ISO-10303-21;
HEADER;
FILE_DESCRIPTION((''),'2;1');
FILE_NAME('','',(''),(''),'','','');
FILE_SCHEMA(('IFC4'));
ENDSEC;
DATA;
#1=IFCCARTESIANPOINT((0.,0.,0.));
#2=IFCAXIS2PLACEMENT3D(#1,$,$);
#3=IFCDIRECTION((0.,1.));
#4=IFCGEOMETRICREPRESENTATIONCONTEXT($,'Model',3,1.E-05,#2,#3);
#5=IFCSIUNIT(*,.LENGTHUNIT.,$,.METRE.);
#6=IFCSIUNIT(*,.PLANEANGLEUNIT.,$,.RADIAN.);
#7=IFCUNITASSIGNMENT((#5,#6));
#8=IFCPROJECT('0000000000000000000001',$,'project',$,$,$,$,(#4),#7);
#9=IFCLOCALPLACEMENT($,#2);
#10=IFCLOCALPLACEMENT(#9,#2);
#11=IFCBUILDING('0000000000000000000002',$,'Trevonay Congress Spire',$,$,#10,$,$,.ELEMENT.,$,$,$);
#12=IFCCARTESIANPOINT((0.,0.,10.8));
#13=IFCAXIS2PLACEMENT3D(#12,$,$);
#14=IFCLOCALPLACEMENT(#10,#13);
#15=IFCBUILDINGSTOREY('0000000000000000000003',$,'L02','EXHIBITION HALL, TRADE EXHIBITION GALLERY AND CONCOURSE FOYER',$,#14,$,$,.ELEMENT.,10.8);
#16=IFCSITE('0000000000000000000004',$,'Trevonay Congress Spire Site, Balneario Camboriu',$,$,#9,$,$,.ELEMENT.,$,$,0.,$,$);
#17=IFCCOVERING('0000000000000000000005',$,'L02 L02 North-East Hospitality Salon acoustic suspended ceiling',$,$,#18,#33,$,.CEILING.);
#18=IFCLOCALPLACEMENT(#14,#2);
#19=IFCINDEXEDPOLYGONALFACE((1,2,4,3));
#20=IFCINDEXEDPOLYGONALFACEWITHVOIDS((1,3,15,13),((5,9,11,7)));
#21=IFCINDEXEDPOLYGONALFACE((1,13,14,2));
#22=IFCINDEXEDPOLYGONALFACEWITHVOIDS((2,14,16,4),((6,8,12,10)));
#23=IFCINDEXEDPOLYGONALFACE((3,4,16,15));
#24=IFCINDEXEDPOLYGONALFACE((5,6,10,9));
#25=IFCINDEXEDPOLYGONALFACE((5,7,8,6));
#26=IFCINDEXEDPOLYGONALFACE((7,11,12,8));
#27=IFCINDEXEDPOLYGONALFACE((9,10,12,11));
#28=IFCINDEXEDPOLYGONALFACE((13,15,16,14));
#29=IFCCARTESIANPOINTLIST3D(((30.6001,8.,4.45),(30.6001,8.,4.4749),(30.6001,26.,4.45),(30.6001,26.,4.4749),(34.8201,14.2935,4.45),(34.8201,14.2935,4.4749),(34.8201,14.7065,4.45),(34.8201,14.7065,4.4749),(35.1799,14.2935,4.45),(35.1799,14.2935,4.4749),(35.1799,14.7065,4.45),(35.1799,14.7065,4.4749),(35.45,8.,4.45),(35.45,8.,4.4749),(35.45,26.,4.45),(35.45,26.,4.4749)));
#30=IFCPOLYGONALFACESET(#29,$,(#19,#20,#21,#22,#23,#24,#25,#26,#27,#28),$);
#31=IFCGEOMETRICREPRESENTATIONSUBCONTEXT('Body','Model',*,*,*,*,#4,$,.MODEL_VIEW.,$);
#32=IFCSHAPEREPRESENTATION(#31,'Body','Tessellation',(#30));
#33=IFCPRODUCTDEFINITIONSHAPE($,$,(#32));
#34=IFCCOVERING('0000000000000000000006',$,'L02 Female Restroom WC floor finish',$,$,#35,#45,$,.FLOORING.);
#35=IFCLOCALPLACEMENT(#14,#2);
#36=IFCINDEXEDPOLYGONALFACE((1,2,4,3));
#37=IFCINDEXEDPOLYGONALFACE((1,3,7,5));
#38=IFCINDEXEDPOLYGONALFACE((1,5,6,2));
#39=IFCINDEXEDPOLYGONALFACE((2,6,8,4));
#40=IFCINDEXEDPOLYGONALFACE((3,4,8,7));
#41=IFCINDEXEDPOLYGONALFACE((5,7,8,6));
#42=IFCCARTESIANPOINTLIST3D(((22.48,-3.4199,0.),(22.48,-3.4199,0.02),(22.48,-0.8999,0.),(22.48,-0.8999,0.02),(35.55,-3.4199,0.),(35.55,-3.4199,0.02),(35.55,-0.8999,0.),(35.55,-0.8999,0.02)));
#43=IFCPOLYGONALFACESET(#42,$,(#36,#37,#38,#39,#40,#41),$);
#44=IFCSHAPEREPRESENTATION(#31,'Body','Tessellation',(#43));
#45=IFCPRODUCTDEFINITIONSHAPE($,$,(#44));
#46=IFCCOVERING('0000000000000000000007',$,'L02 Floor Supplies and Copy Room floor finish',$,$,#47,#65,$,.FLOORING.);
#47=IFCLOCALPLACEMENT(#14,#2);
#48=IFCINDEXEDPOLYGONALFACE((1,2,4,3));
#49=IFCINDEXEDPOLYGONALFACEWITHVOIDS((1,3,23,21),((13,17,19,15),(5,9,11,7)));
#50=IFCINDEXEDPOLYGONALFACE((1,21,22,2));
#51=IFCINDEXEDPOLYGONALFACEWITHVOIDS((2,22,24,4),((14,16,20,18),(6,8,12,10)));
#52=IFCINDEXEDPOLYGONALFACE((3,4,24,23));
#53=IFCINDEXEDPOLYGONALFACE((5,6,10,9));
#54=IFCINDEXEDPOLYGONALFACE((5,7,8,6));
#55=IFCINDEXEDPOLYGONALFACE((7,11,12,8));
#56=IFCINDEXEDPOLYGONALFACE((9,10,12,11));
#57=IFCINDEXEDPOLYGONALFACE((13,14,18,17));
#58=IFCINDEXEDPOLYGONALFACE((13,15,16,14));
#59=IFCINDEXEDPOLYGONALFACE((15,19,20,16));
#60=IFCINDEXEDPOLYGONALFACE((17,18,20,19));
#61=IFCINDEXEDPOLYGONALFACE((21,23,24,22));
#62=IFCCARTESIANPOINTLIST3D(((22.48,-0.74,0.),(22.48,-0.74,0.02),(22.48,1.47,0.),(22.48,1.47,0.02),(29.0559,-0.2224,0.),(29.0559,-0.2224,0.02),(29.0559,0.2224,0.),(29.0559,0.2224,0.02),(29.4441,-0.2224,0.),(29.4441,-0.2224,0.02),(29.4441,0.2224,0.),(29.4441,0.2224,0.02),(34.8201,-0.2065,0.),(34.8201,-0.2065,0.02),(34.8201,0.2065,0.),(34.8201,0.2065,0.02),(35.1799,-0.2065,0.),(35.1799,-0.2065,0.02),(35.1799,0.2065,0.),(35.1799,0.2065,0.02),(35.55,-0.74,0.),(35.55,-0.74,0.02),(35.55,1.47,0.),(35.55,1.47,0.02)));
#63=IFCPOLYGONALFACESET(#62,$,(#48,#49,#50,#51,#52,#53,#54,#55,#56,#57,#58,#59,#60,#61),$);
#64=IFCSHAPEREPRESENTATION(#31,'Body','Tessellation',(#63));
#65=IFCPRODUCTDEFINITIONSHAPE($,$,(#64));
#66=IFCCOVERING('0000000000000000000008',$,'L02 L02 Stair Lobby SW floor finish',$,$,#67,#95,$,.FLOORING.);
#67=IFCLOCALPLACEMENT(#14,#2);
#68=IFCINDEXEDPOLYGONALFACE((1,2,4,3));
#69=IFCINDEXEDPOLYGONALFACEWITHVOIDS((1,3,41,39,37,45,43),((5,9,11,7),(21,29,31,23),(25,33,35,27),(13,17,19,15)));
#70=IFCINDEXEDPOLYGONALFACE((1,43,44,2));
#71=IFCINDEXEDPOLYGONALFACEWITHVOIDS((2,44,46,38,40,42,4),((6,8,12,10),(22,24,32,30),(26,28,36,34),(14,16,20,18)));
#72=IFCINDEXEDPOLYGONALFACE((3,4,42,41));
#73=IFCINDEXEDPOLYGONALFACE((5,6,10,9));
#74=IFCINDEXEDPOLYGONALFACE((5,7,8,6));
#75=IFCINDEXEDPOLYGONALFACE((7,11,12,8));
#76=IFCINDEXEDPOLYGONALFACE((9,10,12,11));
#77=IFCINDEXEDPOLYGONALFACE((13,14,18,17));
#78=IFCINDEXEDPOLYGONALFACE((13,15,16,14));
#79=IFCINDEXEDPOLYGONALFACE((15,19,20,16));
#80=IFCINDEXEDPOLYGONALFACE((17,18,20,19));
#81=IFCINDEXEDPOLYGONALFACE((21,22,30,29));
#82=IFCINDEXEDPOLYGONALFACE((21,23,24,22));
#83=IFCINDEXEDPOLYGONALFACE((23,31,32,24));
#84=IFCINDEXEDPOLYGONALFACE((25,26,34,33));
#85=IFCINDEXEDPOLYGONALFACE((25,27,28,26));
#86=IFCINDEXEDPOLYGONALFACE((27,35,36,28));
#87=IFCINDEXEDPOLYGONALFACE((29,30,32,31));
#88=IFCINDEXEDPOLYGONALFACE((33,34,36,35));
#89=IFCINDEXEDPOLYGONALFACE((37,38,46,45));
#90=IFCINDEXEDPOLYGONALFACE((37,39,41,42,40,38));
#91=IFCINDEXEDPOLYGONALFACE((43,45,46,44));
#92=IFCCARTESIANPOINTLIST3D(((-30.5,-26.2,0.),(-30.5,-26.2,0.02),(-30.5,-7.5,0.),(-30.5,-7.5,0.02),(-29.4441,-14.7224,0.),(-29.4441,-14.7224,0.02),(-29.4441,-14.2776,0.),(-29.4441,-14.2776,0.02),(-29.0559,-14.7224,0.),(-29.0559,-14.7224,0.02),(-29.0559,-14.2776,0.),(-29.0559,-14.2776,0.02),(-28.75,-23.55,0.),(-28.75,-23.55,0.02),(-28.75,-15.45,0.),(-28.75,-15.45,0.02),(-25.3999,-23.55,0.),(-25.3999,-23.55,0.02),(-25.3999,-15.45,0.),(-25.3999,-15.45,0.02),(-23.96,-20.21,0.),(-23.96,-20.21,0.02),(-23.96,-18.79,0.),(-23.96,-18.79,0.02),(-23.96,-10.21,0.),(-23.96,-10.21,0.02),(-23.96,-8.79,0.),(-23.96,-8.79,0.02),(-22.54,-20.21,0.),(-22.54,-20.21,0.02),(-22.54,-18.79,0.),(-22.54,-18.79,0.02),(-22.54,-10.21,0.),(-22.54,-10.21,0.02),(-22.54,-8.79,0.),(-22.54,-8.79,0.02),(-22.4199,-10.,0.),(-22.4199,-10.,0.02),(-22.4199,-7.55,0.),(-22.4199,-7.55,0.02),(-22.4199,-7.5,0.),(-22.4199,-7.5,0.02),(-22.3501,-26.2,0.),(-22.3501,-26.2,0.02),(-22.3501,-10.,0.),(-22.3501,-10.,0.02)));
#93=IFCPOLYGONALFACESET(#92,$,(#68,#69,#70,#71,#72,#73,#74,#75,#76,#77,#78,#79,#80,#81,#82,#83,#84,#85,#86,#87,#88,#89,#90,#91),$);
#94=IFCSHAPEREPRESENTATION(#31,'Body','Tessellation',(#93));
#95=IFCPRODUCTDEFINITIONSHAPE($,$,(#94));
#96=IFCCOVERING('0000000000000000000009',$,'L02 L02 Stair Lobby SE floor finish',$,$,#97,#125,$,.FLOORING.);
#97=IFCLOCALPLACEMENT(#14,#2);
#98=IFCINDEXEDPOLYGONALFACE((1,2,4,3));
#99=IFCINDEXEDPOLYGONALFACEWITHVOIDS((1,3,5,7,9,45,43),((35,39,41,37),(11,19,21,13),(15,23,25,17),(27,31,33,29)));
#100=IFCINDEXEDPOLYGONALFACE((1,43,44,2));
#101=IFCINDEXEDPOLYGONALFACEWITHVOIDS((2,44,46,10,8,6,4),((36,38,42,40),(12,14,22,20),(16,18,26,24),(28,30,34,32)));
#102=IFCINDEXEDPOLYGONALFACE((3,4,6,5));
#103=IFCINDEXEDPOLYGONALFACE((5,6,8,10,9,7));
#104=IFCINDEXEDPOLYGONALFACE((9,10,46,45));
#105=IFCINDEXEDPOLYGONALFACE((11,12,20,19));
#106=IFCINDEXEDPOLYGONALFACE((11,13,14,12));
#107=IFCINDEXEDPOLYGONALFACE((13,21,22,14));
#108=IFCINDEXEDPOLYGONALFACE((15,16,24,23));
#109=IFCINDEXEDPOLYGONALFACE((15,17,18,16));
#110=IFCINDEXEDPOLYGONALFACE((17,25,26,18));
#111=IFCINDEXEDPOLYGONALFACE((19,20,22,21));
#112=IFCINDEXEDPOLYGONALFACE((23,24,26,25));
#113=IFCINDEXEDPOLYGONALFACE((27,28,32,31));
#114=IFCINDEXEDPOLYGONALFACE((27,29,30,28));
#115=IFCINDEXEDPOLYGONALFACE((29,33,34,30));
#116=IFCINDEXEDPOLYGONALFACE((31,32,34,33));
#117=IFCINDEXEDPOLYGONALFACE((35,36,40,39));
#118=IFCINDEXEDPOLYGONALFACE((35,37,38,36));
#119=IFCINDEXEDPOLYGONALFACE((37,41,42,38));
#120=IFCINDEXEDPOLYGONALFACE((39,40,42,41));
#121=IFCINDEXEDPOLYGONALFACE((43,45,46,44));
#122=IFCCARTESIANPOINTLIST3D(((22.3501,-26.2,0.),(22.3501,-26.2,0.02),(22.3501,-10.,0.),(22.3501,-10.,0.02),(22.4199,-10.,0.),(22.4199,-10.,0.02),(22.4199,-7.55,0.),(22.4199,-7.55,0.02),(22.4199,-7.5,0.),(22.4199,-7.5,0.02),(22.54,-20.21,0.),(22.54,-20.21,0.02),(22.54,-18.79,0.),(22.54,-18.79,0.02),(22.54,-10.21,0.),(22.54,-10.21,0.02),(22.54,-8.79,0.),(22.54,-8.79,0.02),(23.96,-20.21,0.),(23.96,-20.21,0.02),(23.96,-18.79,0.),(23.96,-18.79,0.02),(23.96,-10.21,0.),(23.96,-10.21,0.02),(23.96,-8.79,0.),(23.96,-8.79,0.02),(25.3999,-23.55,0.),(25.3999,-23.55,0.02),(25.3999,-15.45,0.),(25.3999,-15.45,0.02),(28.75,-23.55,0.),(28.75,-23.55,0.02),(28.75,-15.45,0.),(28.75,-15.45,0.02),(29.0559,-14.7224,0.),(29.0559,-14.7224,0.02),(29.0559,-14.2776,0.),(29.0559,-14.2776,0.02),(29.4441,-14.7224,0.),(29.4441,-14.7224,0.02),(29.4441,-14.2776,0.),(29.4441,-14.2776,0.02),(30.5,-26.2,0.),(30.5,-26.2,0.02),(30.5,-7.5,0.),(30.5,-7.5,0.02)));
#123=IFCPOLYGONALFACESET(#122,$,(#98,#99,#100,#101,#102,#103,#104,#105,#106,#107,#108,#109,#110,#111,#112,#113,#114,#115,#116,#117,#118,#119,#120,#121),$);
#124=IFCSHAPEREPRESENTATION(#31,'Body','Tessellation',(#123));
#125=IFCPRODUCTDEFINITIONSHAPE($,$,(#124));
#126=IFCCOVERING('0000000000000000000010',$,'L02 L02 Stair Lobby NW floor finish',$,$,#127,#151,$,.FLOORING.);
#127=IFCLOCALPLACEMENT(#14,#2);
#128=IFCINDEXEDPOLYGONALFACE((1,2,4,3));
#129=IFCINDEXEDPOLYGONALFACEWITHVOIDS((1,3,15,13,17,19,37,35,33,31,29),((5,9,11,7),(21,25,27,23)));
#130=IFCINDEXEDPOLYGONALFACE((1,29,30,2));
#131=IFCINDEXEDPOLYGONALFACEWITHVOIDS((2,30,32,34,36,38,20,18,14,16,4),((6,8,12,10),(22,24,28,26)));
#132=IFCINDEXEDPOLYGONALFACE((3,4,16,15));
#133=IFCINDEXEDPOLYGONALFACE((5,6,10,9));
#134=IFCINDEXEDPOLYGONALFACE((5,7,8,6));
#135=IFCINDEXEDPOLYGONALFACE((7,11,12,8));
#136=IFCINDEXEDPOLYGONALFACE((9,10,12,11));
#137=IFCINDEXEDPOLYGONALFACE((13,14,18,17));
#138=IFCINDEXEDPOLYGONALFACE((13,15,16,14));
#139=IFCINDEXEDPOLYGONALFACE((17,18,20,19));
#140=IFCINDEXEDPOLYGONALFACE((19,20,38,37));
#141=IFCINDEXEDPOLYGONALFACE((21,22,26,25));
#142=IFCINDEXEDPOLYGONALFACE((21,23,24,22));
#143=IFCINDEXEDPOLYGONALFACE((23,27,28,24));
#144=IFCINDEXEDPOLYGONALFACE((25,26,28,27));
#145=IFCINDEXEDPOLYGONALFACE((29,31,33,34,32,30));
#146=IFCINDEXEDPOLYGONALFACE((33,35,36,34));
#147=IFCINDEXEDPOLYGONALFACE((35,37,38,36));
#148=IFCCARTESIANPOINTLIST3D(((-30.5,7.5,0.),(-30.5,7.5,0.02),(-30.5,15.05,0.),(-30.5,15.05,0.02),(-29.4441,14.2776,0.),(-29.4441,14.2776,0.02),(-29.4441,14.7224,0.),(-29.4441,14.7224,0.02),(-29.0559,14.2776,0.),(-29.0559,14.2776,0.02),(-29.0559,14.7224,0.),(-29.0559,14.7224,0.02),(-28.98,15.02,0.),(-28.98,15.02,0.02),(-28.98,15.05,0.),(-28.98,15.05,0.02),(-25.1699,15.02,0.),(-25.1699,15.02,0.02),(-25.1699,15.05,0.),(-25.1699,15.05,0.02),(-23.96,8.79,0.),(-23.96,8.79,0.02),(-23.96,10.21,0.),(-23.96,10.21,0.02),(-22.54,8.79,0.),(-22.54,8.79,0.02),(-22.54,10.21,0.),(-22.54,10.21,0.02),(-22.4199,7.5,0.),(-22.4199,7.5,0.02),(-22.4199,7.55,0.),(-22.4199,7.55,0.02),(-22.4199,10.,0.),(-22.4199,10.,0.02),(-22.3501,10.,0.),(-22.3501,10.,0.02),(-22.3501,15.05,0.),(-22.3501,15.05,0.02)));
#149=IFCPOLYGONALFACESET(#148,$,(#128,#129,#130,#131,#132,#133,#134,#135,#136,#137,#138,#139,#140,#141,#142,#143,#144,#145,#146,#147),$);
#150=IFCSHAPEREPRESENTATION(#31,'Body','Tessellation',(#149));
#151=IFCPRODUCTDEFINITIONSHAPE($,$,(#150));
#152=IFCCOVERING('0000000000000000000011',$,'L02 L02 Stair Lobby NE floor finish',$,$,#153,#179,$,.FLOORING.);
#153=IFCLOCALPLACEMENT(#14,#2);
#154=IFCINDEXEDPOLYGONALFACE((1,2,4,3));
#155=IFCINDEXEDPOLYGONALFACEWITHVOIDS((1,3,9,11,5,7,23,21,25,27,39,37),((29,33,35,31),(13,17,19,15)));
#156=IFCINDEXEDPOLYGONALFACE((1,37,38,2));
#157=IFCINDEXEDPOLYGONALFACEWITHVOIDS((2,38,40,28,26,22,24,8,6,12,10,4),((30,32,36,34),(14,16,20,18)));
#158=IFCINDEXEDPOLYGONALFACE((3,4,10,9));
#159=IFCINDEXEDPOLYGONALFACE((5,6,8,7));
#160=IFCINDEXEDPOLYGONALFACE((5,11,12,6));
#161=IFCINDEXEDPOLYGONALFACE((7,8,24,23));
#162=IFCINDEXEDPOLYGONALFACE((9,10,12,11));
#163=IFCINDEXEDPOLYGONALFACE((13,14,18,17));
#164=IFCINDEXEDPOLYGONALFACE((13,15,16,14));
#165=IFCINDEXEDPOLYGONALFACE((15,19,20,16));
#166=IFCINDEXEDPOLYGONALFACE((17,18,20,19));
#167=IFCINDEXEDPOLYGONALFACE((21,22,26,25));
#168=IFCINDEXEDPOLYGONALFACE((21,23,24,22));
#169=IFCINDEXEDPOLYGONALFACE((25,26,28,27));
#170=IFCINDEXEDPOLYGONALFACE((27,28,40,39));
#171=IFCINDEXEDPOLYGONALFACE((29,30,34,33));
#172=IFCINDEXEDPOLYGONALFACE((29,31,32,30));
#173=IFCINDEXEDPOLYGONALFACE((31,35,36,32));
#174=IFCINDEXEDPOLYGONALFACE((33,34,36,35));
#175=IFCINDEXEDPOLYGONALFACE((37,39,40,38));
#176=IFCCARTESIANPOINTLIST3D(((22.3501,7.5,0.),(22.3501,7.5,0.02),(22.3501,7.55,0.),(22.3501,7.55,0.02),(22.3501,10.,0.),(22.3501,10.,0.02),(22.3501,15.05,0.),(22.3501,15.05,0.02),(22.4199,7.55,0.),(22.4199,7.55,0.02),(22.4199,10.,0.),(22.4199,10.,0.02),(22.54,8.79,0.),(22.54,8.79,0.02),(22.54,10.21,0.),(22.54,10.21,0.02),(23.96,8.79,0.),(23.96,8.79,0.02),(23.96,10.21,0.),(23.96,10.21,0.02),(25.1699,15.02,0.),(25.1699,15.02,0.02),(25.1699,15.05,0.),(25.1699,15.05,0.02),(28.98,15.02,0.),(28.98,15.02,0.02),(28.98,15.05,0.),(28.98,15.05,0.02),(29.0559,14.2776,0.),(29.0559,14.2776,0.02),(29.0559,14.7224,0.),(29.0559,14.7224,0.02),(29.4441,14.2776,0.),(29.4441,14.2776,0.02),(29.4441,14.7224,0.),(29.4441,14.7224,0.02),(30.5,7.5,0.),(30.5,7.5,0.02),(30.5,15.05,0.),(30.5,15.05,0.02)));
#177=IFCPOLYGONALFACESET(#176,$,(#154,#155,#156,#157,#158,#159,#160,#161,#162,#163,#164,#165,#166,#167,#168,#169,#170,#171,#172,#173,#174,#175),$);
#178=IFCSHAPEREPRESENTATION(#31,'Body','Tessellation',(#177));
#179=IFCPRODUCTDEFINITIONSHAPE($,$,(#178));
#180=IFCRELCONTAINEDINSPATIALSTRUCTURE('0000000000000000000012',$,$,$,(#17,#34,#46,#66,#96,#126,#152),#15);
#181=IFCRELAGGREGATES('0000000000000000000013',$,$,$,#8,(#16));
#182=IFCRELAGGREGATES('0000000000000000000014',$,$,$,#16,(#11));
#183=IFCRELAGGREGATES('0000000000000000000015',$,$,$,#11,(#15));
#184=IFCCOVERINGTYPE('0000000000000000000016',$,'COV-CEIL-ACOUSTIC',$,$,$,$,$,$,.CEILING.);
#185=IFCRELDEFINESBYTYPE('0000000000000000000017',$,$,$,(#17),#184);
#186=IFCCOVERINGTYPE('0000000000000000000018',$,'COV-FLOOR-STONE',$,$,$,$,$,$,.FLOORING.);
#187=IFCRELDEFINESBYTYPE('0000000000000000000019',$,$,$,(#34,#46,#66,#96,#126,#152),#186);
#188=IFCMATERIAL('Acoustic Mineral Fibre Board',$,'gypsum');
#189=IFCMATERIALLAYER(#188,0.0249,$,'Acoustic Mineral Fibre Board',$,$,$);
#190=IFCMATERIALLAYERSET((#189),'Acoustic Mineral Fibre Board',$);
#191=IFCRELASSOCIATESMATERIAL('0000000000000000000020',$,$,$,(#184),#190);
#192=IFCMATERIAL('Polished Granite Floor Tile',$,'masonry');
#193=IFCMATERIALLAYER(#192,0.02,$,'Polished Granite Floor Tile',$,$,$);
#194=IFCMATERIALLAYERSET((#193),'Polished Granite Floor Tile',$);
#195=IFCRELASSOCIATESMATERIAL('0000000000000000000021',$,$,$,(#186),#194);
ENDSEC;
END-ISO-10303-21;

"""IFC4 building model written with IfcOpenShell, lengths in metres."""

from ifc_helpers import new_model, si_unit, direction, frame, origin, place, context, subcontext, project, spatial, polyline, outline, extrude, material, layer, layer_set, type_object, element, save


model = new_model("IFC4")

# Units and contexts
model_context = context("Model", 3, precision=1e-05, world=origin(), true_north=direction((0.0, 1.0)))
body_context = subcontext(model_context, "Body", "Model", "MODEL_VIEW")
ifc_project = project(units=[si_unit("LENGTHUNIT", "METRE"), si_unit("PLANEANGLEUNIT", "RADIAN")], contexts=[model_context])

# Site, building, storey
site_placement = place(None, origin())
site = spatial("IfcSite", under=ifc_project, at=site_placement, Name="Trevonay Congress Spire Site, Balneario Camboriu", CompositionType="ELEMENT", RefElevation=0.0)
building_placement = place(site_placement, origin())
building = spatial("IfcBuilding", under=site, at=building_placement, Name="Trevonay Congress Spire", CompositionType="ELEMENT")
storey_placement = place(building_placement, frame((0.0, 0.0, 10.8)))
storey = spatial("IfcBuildingStorey", under=building, at=storey_placement, Name="L02", Description="EXHIBITION HALL, TRADE EXHIBITION GALLERY AND CONCOURSE FOYER", CompositionType="ELEMENT", Elevation=10.8)

# Coverings
ifc_material_1 = material(Name="Acoustic Mineral Fibre Board", Category="gypsum")
ifc_layer_1 = layer(ifc_material_1, 0.0249, Name="Acoustic Mineral Fibre Board")
ifc_layer_set_1 = layer_set([ifc_layer_1], Name="Acoustic Mineral Fibre Board")
covering_type_1 = type_object("IfcCoveringType", Name="COV-CEIL-ACOUSTIC", PredefinedType="CEILING", material=ifc_layer_set_1)
covering_1_placement = place(storey_placement, frame((0.0, 0.0, 4.45)))
element("IfcCovering", 1, at=covering_1_placement, inside=storey, type_object=covering_type_1, Name="L02 L02 North-East Hospitality Salon acoustic suspended ceiling", PredefinedType="CEILING", context=body_context, shape_type="SweptSolid", body=[
    extrude(outline(polyline([(30.6001, 26.0), (35.45, 26.0), (35.45, 8.0), (30.6001, 8.0), (30.6001, 26.0)]), holes=[polyline([(35.1799, 14.2935), (35.1799, 14.7065), (34.8201, 14.7065), (34.8201, 14.2935), (35.1799, 14.2935)])]), origin(), (0.0, 0.0, 1.0), 0.0249),
])
ifc_material_2 = material(Name="Polished Granite Floor Tile", Category="masonry")
ifc_layer_2 = layer(ifc_material_2, 0.02, Name="Polished Granite Floor Tile")
ifc_layer_set_2 = layer_set([ifc_layer_2], Name="Polished Granite Floor Tile")
covering_type_2 = type_object("IfcCoveringType", Name="COV-FLOOR-STONE", PredefinedType="FLOORING", material=ifc_layer_set_2)
covering_2_placement = place(storey_placement, origin())
element("IfcCovering", 2, at=covering_2_placement, inside=storey, type_object=covering_type_2, Name="L02 Female Restroom WC floor finish", PredefinedType="FLOORING", context=body_context, shape_type="SweptSolid", body=[
    extrude(outline(polyline([(22.48, -3.4199), (35.55, -3.4199), (35.55, -0.8999), (22.48, -0.8999), (22.48, -3.4199)])), origin(), (0.0, 0.0, 1.0), 0.02),
])
covering_3_placement = place(storey_placement, origin())
element("IfcCovering", 3, at=covering_3_placement, inside=storey, type_object=covering_type_2, Name="L02 Floor Supplies and Copy Room floor finish", PredefinedType="FLOORING", context=body_context, shape_type="SweptSolid", body=[
    extrude(outline(polyline([(22.48, 1.47), (35.55, 1.47), (35.55, -0.74), (22.48, -0.74), (22.48, 1.47)]), holes=[polyline([(29.0559, -0.2224), (29.4441, -0.2224), (29.4441, 0.2224), (29.0559, 0.2224), (29.0559, -0.2224)]), polyline([(34.8201, -0.2065), (35.1799, -0.2065), (35.1799, 0.2065), (34.8201, 0.2065), (34.8201, -0.2065)])]), origin(), (0.0, 0.0, 1.0), 0.02),
])
covering_4_placement = place(storey_placement, origin())
element("IfcCovering", 4, at=covering_4_placement, inside=storey, type_object=covering_type_2, Name="L02 L02 Stair Lobby SW floor finish", PredefinedType="FLOORING", context=body_context, shape_type="SweptSolid", body=[
    extrude(outline(polyline([(-30.5, -26.2), (-30.5, -7.5), (-22.4199, -7.5), (-22.4199, -7.55), (-22.4199, -10.0), (-22.3501, -10.0), (-22.3501, -26.2), (-30.5, -26.2)]), holes=[polyline([(-22.54, -20.21), (-22.54, -18.79), (-23.96, -18.79), (-23.96, -20.21), (-22.54, -20.21)]), polyline([(-29.4441, -14.7224), (-29.0559, -14.7224), (-29.0559, -14.2776), (-29.4441, -14.2776), (-29.4441, -14.7224)]), polyline([(-23.96, -10.21), (-22.54, -10.21), (-22.54, -8.79), (-23.96, -8.79), (-23.96, -10.21)]), polyline([(-28.75, -15.45), (-28.75, -23.55), (-25.3999, -23.55), (-25.3999, -15.45), (-28.75, -15.45)])]), origin(), (0.0, 0.0, 1.0), 0.02),
])
covering_5_placement = place(storey_placement, origin())
element("IfcCovering", 5, at=covering_5_placement, inside=storey, type_object=covering_type_2, Name="L02 L02 Stair Lobby SE floor finish", PredefinedType="FLOORING", context=body_context, shape_type="SweptSolid", body=[
    extrude(outline(polyline([(22.3501, -26.2), (22.3501, -10.0), (22.4199, -10.0), (22.4199, -7.55), (22.4199, -7.5), (30.5, -7.5), (30.5, -26.2), (22.3501, -26.2)]), holes=[polyline([(23.96, -20.21), (23.96, -18.79), (22.54, -18.79), (22.54, -20.21), (23.96, -20.21)]), polyline([(29.0559, -14.7224), (29.4441, -14.7224), (29.4441, -14.2776), (29.0559, -14.2776), (29.0559, -14.7224)]), polyline([(22.54, -10.21), (23.96, -10.21), (23.96, -8.79), (22.54, -8.79), (22.54, -10.21)]), polyline([(28.75, -15.45), (25.3999, -15.45), (25.3999, -23.55), (28.75, -23.55), (28.75, -15.45)])]), origin(), (0.0, 0.0, 1.0), 0.02),
])
covering_6_placement = place(storey_placement, origin())
element("IfcCovering", 6, at=covering_6_placement, inside=storey, type_object=covering_type_2, Name="L02 L02 Stair Lobby NW floor finish", PredefinedType="FLOORING", context=body_context, shape_type="SweptSolid", body=[
    extrude(outline(polyline([(-25.1699, 15.02), (-25.1699, 15.05), (-22.3501, 15.05), (-22.3501, 10.0), (-22.4199, 10.0), (-22.4199, 7.55), (-22.4199, 7.5), (-30.5, 7.5), (-30.5, 15.05), (-28.98, 15.05), (-28.98, 15.02), (-25.1699, 15.02)]), holes=[polyline([(-22.54, 8.79), (-22.54, 10.21), (-23.96, 10.21), (-23.96, 8.79), (-22.54, 8.79)]), polyline([(-29.0559, 14.2776), (-29.0559, 14.7224), (-29.4441, 14.7224), (-29.4441, 14.2776), (-29.0559, 14.2776)])]), origin(), (0.0, 0.0, 1.0), 0.02),
])
covering_7_placement = place(storey_placement, origin())
element("IfcCovering", 7, at=covering_7_placement, inside=storey, type_object=covering_type_2, Name="L02 L02 Stair Lobby NE floor finish", PredefinedType="FLOORING", context=body_context, shape_type="SweptSolid", body=[
    extrude(outline(polyline([(28.98, 15.02), (28.98, 15.05), (30.5, 15.05), (30.5, 7.5), (22.3501, 7.5), (22.3501, 7.55), (22.4199, 7.55), (22.4199, 10.0), (22.3501, 10.0), (22.3501, 15.05), (25.1699, 15.05), (25.1699, 15.02), (28.98, 15.02)]), holes=[polyline([(23.96, 8.79), (23.96, 10.21), (22.54, 10.21), (22.54, 8.79), (23.96, 8.79)]), polyline([(29.4441, 14.2776), (29.4441, 14.7224), (29.0559, 14.7224), (29.0559, 14.2776), (29.4441, 14.2776)])]), origin(), (0.0, 0.0, 1.0), 0.02),
])

save(model, "model.ifc")
